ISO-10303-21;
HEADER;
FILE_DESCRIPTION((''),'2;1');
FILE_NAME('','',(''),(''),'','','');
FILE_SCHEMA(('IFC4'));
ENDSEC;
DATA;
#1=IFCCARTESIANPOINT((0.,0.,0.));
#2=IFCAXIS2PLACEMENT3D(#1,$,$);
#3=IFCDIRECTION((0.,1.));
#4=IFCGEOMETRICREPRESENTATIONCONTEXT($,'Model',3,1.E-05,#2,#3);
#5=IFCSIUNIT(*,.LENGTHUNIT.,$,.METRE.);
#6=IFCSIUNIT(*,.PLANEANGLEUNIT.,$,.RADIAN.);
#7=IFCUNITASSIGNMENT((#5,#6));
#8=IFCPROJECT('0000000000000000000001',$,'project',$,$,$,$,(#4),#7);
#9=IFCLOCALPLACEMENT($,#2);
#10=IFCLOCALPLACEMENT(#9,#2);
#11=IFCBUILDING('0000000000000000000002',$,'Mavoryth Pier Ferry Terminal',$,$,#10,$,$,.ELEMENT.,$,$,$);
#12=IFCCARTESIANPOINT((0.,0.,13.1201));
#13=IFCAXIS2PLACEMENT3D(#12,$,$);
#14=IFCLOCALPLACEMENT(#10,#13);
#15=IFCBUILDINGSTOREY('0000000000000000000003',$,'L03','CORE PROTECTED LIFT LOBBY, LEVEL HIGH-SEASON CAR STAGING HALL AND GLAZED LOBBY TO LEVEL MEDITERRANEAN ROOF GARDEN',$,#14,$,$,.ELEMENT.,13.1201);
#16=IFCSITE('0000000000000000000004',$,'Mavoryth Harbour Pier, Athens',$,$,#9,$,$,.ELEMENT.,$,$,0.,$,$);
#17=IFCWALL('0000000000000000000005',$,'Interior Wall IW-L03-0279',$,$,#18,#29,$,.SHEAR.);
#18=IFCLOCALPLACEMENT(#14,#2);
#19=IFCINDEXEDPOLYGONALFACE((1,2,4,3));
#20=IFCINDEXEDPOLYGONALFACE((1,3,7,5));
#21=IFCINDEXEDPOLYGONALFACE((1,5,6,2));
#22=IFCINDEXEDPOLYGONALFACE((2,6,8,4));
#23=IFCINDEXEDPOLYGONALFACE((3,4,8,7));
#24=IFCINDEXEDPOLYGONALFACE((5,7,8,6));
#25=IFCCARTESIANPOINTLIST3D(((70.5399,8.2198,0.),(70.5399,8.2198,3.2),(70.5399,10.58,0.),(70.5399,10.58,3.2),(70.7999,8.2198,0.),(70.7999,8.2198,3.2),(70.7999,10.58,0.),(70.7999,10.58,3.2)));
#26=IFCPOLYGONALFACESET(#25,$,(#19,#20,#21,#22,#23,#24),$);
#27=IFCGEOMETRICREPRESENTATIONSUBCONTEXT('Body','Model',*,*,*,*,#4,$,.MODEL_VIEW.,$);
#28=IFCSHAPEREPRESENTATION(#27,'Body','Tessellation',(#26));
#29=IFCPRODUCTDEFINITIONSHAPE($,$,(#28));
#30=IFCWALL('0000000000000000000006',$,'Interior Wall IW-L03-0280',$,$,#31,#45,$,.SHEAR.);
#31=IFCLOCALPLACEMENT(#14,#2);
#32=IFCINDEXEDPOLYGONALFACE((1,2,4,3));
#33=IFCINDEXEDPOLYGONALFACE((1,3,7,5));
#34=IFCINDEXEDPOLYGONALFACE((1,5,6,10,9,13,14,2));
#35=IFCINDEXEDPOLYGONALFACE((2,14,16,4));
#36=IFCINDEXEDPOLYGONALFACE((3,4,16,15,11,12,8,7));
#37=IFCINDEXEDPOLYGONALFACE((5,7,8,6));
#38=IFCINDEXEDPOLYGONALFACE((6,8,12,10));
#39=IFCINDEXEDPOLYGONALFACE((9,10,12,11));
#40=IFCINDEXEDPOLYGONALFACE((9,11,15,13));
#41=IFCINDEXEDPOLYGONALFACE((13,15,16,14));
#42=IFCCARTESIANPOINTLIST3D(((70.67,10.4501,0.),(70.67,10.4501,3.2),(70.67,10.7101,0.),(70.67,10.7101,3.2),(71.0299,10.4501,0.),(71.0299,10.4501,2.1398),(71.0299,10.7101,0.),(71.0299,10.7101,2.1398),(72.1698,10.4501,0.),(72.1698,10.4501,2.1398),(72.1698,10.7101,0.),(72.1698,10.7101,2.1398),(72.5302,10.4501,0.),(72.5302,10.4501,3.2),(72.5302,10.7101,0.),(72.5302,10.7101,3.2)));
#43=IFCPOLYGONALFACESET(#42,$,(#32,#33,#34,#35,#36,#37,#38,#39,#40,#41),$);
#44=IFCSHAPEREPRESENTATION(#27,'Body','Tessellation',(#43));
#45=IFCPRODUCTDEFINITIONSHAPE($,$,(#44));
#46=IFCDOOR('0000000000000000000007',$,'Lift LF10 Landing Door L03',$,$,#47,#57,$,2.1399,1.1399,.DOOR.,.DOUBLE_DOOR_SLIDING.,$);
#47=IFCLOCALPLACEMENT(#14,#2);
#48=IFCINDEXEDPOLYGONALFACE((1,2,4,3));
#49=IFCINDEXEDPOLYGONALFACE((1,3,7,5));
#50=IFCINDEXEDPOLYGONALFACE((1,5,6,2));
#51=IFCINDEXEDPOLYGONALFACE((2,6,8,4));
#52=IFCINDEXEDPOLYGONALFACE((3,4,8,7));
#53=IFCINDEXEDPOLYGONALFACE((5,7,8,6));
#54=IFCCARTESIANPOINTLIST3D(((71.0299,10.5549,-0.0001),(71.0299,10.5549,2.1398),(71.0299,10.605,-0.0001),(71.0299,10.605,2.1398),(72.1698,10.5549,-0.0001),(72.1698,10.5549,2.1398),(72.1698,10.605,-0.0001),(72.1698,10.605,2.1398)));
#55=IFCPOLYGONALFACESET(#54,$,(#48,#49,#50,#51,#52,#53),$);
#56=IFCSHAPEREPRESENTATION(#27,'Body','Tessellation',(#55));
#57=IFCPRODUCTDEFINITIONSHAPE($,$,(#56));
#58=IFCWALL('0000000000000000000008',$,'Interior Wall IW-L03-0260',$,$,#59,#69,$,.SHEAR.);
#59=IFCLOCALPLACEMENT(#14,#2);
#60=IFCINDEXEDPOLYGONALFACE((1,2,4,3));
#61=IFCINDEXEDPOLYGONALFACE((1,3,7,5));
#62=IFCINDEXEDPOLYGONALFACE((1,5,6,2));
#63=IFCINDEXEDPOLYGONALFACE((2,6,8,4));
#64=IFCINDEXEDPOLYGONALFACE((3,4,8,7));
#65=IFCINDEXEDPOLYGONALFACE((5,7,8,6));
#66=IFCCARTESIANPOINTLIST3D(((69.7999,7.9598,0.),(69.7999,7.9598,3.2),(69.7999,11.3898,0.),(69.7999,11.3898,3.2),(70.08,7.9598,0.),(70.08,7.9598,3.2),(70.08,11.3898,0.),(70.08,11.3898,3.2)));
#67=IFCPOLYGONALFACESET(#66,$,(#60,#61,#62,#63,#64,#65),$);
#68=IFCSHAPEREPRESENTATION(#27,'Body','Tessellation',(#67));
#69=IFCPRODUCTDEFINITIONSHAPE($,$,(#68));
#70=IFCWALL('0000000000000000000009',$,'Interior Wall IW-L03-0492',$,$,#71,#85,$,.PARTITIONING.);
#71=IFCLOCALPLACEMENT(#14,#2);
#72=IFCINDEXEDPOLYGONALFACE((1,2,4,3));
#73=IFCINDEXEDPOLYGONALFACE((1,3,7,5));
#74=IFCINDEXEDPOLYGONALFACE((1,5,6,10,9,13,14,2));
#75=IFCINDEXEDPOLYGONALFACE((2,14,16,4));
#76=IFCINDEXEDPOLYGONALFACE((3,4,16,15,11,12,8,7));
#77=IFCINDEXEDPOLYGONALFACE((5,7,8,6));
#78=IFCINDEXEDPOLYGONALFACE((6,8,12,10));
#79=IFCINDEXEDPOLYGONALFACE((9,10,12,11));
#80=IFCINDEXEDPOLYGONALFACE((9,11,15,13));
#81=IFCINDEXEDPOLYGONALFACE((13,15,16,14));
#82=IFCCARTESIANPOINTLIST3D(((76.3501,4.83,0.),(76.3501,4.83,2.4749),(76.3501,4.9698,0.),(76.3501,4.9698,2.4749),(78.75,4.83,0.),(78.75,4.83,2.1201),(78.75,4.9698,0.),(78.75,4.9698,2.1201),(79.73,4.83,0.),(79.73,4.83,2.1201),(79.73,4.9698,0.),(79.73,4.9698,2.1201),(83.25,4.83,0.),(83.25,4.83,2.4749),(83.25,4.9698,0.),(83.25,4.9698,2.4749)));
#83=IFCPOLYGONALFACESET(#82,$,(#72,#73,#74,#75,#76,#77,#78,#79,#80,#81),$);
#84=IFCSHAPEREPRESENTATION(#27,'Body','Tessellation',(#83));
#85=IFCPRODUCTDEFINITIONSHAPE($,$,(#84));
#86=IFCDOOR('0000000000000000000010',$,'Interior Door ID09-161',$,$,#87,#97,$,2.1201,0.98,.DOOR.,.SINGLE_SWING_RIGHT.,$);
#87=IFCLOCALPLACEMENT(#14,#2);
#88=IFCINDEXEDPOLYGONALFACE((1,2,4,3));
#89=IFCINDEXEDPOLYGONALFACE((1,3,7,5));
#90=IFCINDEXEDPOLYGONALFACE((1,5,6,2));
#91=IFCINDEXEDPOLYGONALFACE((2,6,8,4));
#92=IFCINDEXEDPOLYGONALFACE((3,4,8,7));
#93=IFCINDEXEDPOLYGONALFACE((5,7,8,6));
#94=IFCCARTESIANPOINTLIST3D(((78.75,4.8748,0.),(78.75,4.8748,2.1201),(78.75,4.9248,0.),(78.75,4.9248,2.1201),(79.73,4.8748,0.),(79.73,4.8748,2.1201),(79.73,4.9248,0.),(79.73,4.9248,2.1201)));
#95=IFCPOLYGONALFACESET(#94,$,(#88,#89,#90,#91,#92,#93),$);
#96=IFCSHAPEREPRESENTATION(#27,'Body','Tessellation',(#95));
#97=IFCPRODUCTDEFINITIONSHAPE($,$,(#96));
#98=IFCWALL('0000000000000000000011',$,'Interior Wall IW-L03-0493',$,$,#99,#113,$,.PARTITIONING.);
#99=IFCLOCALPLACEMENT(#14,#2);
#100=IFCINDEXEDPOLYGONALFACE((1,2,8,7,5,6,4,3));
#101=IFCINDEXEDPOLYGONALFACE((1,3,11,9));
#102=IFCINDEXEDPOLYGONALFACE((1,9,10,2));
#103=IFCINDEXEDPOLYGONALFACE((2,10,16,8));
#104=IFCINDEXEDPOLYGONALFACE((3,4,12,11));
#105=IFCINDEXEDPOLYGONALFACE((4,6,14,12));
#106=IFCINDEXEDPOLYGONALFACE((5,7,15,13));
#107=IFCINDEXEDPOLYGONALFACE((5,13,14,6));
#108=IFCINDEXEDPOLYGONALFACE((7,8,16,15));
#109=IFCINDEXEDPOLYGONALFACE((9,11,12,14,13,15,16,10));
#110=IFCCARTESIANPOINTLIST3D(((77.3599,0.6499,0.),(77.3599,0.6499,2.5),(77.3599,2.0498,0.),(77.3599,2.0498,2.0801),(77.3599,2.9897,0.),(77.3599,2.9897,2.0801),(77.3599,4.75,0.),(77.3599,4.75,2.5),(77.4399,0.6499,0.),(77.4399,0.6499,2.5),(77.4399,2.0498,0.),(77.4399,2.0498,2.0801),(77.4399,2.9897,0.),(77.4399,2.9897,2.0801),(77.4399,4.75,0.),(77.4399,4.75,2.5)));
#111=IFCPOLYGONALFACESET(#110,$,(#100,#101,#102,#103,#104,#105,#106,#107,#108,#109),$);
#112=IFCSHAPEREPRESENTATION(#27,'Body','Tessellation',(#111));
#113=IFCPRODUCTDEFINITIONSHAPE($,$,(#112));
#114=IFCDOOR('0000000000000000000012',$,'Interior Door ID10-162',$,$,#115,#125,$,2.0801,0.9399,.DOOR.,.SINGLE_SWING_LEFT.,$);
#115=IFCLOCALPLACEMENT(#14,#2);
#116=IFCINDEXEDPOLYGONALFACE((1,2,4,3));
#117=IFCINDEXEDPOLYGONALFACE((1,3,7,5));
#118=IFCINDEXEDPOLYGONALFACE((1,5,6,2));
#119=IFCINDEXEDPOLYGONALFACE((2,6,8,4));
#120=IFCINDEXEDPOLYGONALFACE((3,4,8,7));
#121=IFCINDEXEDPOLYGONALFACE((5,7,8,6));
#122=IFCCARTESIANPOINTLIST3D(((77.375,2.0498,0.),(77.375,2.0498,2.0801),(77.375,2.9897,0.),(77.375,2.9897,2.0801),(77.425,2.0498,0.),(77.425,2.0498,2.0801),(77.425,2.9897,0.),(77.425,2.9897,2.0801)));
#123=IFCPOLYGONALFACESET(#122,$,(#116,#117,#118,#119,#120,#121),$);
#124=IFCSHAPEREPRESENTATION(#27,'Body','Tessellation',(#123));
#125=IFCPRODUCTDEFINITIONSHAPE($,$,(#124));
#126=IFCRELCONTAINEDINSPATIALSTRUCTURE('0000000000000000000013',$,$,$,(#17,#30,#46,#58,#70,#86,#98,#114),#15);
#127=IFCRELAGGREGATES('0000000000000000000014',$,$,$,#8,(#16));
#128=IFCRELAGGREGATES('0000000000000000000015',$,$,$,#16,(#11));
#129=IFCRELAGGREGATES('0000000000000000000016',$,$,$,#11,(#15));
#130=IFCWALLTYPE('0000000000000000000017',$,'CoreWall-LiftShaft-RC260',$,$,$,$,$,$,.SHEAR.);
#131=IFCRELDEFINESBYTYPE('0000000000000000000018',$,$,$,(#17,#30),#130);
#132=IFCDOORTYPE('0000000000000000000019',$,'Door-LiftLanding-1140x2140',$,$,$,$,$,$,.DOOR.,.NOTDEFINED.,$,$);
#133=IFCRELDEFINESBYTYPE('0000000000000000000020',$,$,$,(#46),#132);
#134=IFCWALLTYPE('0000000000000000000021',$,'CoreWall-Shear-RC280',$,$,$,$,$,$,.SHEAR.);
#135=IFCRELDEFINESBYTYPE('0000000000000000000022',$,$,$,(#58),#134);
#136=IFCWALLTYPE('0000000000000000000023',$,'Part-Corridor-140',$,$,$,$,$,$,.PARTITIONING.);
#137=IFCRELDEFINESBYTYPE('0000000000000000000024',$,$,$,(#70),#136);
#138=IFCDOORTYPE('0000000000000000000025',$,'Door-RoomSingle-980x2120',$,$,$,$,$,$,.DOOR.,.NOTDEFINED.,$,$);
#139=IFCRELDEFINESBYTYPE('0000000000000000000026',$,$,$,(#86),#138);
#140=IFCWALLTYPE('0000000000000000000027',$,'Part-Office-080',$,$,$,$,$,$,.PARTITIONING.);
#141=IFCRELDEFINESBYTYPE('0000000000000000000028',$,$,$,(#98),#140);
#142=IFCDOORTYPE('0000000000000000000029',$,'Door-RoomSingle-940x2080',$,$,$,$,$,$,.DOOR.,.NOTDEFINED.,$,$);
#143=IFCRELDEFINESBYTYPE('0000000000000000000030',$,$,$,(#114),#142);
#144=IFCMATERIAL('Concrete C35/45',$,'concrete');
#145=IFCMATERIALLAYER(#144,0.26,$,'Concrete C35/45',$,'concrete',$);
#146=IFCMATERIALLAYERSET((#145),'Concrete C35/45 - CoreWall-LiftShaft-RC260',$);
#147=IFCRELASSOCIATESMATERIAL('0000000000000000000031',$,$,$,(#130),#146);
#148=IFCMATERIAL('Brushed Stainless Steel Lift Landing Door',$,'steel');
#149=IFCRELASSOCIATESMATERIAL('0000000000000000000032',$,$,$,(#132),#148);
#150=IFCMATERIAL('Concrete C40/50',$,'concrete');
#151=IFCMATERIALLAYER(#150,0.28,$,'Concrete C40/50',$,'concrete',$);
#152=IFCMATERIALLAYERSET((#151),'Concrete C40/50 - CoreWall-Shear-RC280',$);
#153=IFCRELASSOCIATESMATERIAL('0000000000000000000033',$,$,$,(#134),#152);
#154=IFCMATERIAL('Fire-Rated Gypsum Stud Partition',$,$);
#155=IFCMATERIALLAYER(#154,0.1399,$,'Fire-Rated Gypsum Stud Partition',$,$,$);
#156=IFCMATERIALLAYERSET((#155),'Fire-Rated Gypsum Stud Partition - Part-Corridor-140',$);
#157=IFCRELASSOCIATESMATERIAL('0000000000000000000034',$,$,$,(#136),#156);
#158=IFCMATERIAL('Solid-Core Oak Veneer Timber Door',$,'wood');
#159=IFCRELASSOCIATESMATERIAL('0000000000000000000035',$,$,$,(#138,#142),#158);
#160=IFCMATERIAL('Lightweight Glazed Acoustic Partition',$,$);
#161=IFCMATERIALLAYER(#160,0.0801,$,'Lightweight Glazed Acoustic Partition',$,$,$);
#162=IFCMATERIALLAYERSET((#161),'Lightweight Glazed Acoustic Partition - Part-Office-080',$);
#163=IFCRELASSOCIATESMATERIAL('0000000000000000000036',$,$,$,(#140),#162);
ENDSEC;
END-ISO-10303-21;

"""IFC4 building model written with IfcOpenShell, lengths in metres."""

from ifc_helpers import new_model, si_unit, direction, frame, frame_2d, origin, place, context, subcontext, project, spatial, rectangle, extrude, material, layer, layer_set, type_object, element, fill, save


model = new_model("IFC4")

# Units and contexts
model_context = context("Model", 3, precision=1e-05, world=origin(), true_north=direction((0.0, 1.0)))
body_context = subcontext(model_context, "Body", "Model", "MODEL_VIEW")
ifc_project = project(units=[si_unit("LENGTHUNIT", "METRE"), si_unit("PLANEANGLEUNIT", "RADIAN")], contexts=[model_context])

# Site, building, storey
site_placement = place(None, origin())
site = spatial("IfcSite", under=ifc_project, at=site_placement, Name="Mavoryth Harbour Pier, Athens", CompositionType="ELEMENT", RefElevation=0.0)
building_placement = place(site_placement, origin())
building = spatial("IfcBuilding", under=site, at=building_placement, Name="Mavoryth Pier Ferry Terminal", CompositionType="ELEMENT")
storey_placement = place(building_placement, frame((0.0, 0.0, 13.1201)))
storey = spatial("IfcBuildingStorey", under=building, at=storey_placement, Name="L03", Description="CORE PROTECTED LIFT LOBBY, LEVEL HIGH-SEASON CAR STAGING HALL AND GLAZED LOBBY TO LEVEL MEDITERRANEAN ROOF GARDEN", CompositionType="ELEMENT", Elevation=13.1201)

# Shared definitions
ifc_material_1 = material(Name="Concrete C40/50", Category="concrete")

# Shared definitions
ifc_material_2 = material(Name="Concrete C35/45", Category="concrete")

# Wall
ifc_layer_1 = layer(ifc_material_2, 0.26, Name="Concrete C35/45", Category="concrete")
ifc_layer_set_1 = layer_set([ifc_layer_1], Name="Concrete C35/45 - CoreWall-LiftShaft-RC260")
wall_type_1 = type_object("IfcWallType", Name="CoreWall-LiftShaft-RC260", PredefinedType="SHEAR", material=ifc_layer_set_1)
for number, where, z_axis, x_axis, name in (
    (1, (70.6699, 10.5801, 0.0), (0.0, 0.0, 1.0), (0.0, -1.0, 0.0), "Interior Wall IW-L03-0279"),
):
    element("IfcWall", number, at=place(storey_placement, frame(where, z_axis=z_axis, x_axis=x_axis)), inside=storey, type_object=wall_type_1, Name=name, PredefinedType="SHEAR", context=body_context, shape_type="SweptSolid", body=[
        extrude(rectangle(XDim=2.3601, YDim=0.26, at=frame_2d((1.1802, 0.0))), origin(), (0.0, 0.0, 1.0), 3.2),
    ])

# Wall, opening, door
wall_1_placement = place(storey_placement, frame((70.6699, 10.5801, 0.0), z_axis=(0.0, 0.0, 1.0), x_axis=(1.0, 0.0, 0.0)))
wall_1 = element("IfcWall", 2, at=wall_1_placement, inside=storey, type_object=wall_type_1, Name="Interior Wall IW-L03-0280", PredefinedType="SHEAR", context=body_context, shape_type="SweptSolid", body=[
    extrude(rectangle(XDim=1.8601, YDim=0.26, at=frame_2d((0.9302, 0.0))), origin(), (0.0, 0.0, 1.0), 3.2),
])
opening_1_placement = place(wall_1_placement, frame((0.3601, 0.0, 0.0)))
opening_1 = element("IfcOpeningElement", 3, at=opening_1_placement, cuts=wall_1, PredefinedType="OPENING", context=body_context, shape_type="SweptSolid", body=[
    extrude(rectangle(XDim=1.1399, YDim=2.1399, at=frame_2d((0.5698, 1.0698))), frame((0.0, 0.1399, 0.0), z_axis=(0.0, -1.0, 0.0), x_axis=(1.0, 0.0, 0.0)), (0.0, 0.0, 1.0), 0.28),
])
ifc_material_3 = material(Name="Brushed Stainless Steel Lift Landing Door", Category="steel")
door_type_1 = type_object("IfcDoorType", Name="Door-LiftLanding-1140x2140", OperationType="NOTDEFINED", PredefinedType="DOOR", material=ifc_material_3)
door_1_placement = place(opening_1_placement, origin())
door_1 = element("IfcDoor", 4, at=door_1_placement, inside=storey, type_object=door_type_1, Name="Lift LF10 Landing Door L03", OperationType="DOUBLE_DOOR_SLIDING", OverallHeight=2.1399, OverallWidth=1.1399, PredefinedType="DOOR", context=body_context, shape_type="SweptSolid", body=[
    extrude(rectangle(XDim=1.1399, YDim=2.1399, at=frame_2d((0.5698, 1.0698))), frame((0.0, 0.0249, 0.0), z_axis=(0.0, -1.0, 0.0), x_axis=(1.0, 0.0, 0.0)), (0.0, 0.0, 1.0), 0.05),
])
fill(opening_1, door_1)

# Wall
ifc_layer_2 = layer(ifc_material_1, 0.28, Name="Concrete C40/50", Category="concrete")
ifc_layer_set_2 = layer_set([ifc_layer_2], Name="Concrete C40/50 - CoreWall-Shear-RC280")
wall_type_2 = type_object("IfcWallType", Name="CoreWall-Shear-RC280", PredefinedType="SHEAR", material=ifc_layer_set_2)
wall_2_placement = place(storey_placement, frame((69.9399, 7.96, 0.0), z_axis=(0.0, 0.0, 1.0), x_axis=(0.0, 1.0, 0.0)))
element("IfcWall", 5, at=wall_2_placement, inside=storey, type_object=wall_type_2, Name="Interior Wall IW-L03-0260", PredefinedType="SHEAR", context=body_context, shape_type="SweptSolid", body=[
    extrude(rectangle(XDim=3.4299, YDim=0.28, at=frame_2d((1.7148, 0.0))), origin(), (0.0, 0.0, 1.0), 3.2),
])

# Walls, openings, doors
ifc_material_4 = material(Name="Fire-Rated Gypsum Stud Partition")
ifc_layer_3 = layer(ifc_material_4, 0.1399, Name="Fire-Rated Gypsum Stud Partition")
ifc_layer_set_3 = layer_set([ifc_layer_3], Name="Fire-Rated Gypsum Stud Partition - Part-Corridor-140")
wall_type_3 = type_object("IfcWallType", Name="Part-Corridor-140", PredefinedType="PARTITIONING", material=ifc_layer_set_3)
wall_3_placement = place(storey_placement, frame((76.3501, 4.8999, 0.0), z_axis=(0.0, 0.0, 1.0), x_axis=(1.0, 0.0, 0.0)))
wall_3 = element("IfcWall", 6, at=wall_3_placement, inside=storey, type_object=wall_type_3, Name="Interior Wall IW-L03-0492", PredefinedType="PARTITIONING", context=body_context, shape_type="SweptSolid", body=[
    extrude(rectangle(XDim=6.8999, YDim=0.1399, at=frame_2d((3.45, 0.0))), origin(), (0.0, 0.0, 1.0), 2.4749),
])
opening_2_placement = place(wall_3_placement, frame((2.3999, 0.0, 0.0)))
opening_2 = element("IfcOpeningElement", 7, at=opening_2_placement, cuts=wall_3, PredefinedType="OPENING", context=body_context, shape_type="SweptSolid", body=[
    extrude(rectangle(XDim=0.98, YDim=2.1201, at=frame_2d((0.49, 1.0601))), frame((0.0, 0.0798, 0.0), z_axis=(0.0, -1.0, 0.0), x_axis=(1.0, 0.0, 0.0)), (0.0, 0.0, 1.0), 0.1599),
])
ifc_material_5 = material(Name="Solid-Core Oak Veneer Timber Door", Category="wood")
door_type_2 = type_object("IfcDoorType", Name="Door-RoomSingle-980x2120", OperationType="NOTDEFINED", PredefinedType="DOOR", material=ifc_material_5)
door_2_placement = place(opening_2_placement, origin())
door_2 = element("IfcDoor", 8, at=door_2_placement, inside=storey, type_object=door_type_2, Name="Interior Door ID09-161", OperationType="SINGLE_SWING_RIGHT", OverallHeight=2.1201, OverallWidth=0.98, PredefinedType="DOOR", context=body_context, shape_type="SweptSolid", body=[
    extrude(rectangle(XDim=0.98, YDim=2.1201, at=frame_2d((0.49, 1.0601))), frame((0.0, 0.0249, 0.0), z_axis=(0.0, -1.0, 0.0), x_axis=(1.0, 0.0, 0.0)), (0.0, 0.0, 1.0), 0.05),
])
fill(opening_2, door_2)
ifc_material_6 = material(Name="Lightweight Glazed Acoustic Partition")
ifc_layer_4 = layer(ifc_material_6, 0.0801, Name="Lightweight Glazed Acoustic Partition")
ifc_layer_set_4 = layer_set([ifc_layer_4], Name="Lightweight Glazed Acoustic Partition - Part-Office-080")
wall_type_4 = type_object("IfcWallType", Name="Part-Office-080", PredefinedType="PARTITIONING", material=ifc_layer_set_4)
wall_4_placement = place(storey_placement, frame((77.3999, 0.6499, 0.0), z_axis=(0.0, 0.0, 1.0), x_axis=(0.0, 1.0, 0.0)))
wall_4 = element("IfcWall", 9, at=wall_4_placement, inside=storey, type_object=wall_type_4, Name="Interior Wall IW-L03-0493", PredefinedType="PARTITIONING", context=body_context, shape_type="SweptSolid", body=[
    extrude(rectangle(XDim=4.1001, YDim=0.0801, at=frame_2d((2.05, 0.0))), origin(), (0.0, 0.0, 1.0), 2.5),
])
opening_3_placement = place(wall_4_placement, frame((1.3999, 0.0, 0.0)))
opening_3 = element("IfcOpeningElement", 10, at=opening_3_placement, cuts=wall_4, PredefinedType="OPENING", context=body_context, shape_type="SweptSolid", body=[
    extrude(rectangle(XDim=0.9399, YDim=2.0801, at=frame_2d((0.47, 1.04))), frame((0.0, 0.05, 0.0), z_axis=(0.0, -1.0, 0.0), x_axis=(1.0, 0.0, 0.0)), (0.0, 0.0, 1.0), 0.1001),
])
door_type_3 = type_object("IfcDoorType", Name="Door-RoomSingle-940x2080", OperationType="NOTDEFINED", PredefinedType="DOOR", material=ifc_material_5)
door_3_placement = place(opening_3_placement, origin())
door_3 = element("IfcDoor", 11, at=door_3_placement, inside=storey, type_object=door_type_3, Name="Interior Door ID10-162", OperationType="SINGLE_SWING_LEFT", OverallHeight=2.0801, OverallWidth=0.9399, PredefinedType="DOOR", context=body_context, shape_type="SweptSolid", body=[
    extrude(rectangle(XDim=0.9399, YDim=2.0801, at=frame_2d((0.47, 1.04))), frame((0.0, 0.0249, 0.0), z_axis=(0.0, -1.0, 0.0), x_axis=(1.0, 0.0, 0.0)), (0.0, 0.0, 1.0), 0.05),
])
fill(opening_3, door_3)

save(model, "model.ifc")
